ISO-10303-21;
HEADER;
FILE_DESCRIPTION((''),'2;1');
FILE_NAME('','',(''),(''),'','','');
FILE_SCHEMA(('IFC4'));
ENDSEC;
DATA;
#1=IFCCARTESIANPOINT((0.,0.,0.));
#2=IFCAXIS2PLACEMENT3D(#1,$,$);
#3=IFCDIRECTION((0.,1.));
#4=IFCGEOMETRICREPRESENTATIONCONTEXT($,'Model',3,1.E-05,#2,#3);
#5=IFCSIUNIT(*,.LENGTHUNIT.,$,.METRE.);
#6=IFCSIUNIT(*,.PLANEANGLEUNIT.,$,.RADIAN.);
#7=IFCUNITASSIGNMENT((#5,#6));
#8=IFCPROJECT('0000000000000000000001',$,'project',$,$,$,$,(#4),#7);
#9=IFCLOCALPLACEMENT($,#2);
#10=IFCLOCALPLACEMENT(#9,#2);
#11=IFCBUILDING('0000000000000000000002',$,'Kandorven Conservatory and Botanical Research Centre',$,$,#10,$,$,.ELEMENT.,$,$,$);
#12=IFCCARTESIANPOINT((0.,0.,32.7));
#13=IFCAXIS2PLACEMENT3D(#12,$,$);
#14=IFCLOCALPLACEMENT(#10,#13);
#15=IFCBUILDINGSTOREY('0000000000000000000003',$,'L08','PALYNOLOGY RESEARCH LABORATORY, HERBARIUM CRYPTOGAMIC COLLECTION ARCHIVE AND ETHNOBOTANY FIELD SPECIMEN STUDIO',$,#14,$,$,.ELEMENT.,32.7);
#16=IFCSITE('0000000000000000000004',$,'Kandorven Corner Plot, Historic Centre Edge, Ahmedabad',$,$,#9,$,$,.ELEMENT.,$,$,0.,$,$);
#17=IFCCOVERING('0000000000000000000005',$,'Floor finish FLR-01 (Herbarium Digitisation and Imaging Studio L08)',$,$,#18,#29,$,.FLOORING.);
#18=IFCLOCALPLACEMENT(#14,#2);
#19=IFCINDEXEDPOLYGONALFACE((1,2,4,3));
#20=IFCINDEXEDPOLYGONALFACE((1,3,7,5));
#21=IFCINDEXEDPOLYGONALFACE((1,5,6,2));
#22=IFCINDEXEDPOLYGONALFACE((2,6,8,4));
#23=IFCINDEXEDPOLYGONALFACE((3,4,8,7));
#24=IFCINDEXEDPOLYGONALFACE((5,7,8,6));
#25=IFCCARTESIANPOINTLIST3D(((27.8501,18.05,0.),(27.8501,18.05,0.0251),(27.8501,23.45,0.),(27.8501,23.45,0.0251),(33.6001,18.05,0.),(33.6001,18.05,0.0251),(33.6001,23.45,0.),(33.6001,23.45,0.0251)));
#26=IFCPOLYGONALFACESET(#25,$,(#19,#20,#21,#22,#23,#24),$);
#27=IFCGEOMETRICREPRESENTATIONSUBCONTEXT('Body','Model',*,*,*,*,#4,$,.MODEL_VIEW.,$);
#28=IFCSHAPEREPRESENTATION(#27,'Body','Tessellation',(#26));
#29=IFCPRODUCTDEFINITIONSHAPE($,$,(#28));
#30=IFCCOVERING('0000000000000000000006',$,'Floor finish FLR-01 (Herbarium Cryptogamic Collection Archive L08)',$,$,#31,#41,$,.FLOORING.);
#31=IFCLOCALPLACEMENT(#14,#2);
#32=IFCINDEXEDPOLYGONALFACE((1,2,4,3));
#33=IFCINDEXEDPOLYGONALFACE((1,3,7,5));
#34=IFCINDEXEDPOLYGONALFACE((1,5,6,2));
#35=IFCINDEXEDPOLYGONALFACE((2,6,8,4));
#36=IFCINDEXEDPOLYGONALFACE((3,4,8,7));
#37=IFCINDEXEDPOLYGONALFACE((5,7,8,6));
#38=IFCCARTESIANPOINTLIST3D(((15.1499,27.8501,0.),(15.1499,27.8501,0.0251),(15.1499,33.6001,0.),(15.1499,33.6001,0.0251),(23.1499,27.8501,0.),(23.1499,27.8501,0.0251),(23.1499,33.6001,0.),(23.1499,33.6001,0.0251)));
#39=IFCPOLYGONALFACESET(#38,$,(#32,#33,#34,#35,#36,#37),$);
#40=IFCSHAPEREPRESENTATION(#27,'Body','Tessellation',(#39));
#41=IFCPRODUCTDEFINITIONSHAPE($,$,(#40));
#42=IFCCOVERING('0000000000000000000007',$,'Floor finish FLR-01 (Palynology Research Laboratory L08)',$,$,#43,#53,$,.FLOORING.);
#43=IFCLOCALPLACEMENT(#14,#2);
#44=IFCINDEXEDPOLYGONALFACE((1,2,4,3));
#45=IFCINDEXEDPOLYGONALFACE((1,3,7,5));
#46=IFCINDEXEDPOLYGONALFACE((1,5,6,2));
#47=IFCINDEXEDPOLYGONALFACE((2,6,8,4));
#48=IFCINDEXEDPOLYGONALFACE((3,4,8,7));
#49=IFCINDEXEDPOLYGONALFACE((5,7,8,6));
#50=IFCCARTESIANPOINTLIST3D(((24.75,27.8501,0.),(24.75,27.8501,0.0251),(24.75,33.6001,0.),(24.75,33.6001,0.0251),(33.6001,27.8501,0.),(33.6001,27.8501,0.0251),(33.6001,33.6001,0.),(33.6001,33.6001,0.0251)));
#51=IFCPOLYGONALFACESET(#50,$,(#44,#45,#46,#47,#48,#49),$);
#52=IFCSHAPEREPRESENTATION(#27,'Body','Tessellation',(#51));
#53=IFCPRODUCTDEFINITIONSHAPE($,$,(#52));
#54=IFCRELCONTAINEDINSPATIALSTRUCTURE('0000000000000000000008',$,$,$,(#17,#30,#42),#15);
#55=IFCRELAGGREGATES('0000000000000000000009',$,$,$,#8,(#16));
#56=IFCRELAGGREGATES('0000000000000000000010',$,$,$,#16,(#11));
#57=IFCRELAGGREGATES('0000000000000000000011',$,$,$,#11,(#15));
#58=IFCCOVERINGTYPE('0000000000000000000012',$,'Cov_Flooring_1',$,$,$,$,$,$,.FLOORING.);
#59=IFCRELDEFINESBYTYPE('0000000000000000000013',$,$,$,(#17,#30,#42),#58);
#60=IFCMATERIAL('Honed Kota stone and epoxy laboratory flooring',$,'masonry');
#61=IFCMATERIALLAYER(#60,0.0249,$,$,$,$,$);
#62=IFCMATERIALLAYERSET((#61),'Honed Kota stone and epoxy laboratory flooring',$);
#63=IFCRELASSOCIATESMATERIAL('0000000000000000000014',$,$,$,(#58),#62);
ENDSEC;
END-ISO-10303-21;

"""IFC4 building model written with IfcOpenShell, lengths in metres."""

from ifc_helpers import new_model, si_unit, direction, frame, origin, place, context, subcontext, project, spatial, polyline, outline, extrude, material, layer, layer_set, type_object, element, save


model = new_model("IFC4")

# Units and contexts
model_context = context("Model", 3, precision=1e-05, world=origin(), true_north=direction((0.0, 1.0)))
body_context = subcontext(model_context, "Body", "Model", "MODEL_VIEW")
ifc_project = project(units=[si_unit("LENGTHUNIT", "METRE"), si_unit("PLANEANGLEUNIT", "RADIAN")], contexts=[model_context])

# Site, building, storey
site_placement = place(None, origin())
site = spatial("IfcSite", under=ifc_project, at=site_placement, Name="Kandorven Corner Plot, Historic Centre Edge, Ahmedabad", CompositionType="ELEMENT", RefElevation=0.0)
building_placement = place(site_placement, origin())
building = spatial("IfcBuilding", under=site, at=building_placement, Name="Kandorven Conservatory and Botanical Research Centre", CompositionType="ELEMENT")
storey_placement = place(building_placement, frame((0.0, 0.0, 32.7)))
storey = spatial("IfcBuildingStorey", under=building, at=storey_placement, Name="L08", Description="PALYNOLOGY RESEARCH LABORATORY, HERBARIUM CRYPTOGAMIC COLLECTION ARCHIVE AND ETHNOBOTANY FIELD SPECIMEN STUDIO", CompositionType="ELEMENT", Elevation=32.7)

# Coverings
ifc_material_1 = material(Name="Honed Kota stone and epoxy laboratory flooring", Category="masonry")
ifc_layer_1 = layer(ifc_material_1, 0.0249)
ifc_layer_set_1 = layer_set([ifc_layer_1], Name="Honed Kota stone and epoxy laboratory flooring")
covering_type_1 = type_object("IfcCoveringType", Name="Cov_Flooring_1", PredefinedType="FLOORING", material=ifc_layer_set_1)
covering_1_placement = place(storey_placement, origin())
element("IfcCovering", 1, at=covering_1_placement, inside=storey, type_object=covering_type_1, Name="Floor finish FLR-01 (Herbarium Digitisation and Imaging Studio L08)", PredefinedType="FLOORING", context=body_context, shape_type="SweptSolid", body=[
    extrude(outline(polyline([(27.8501, 18.05), (33.6001, 18.05), (33.6001, 23.45), (27.8501, 23.45), (27.8501, 18.05)])), origin(), (0.0, 0.0, 1.0), 0.0251),
])
covering_2_placement = place(storey_placement, origin())
element("IfcCovering", 2, at=covering_2_placement, inside=storey, type_object=covering_type_1, Name="Floor finish FLR-01 (Herbarium Cryptogamic Collection Archive L08)", PredefinedType="FLOORING", context=body_context, shape_type="SweptSolid", body=[
    extrude(outline(polyline([(15.1499, 27.8501), (23.1499, 27.8501), (23.1499, 33.6001), (15.1499, 33.6001), (15.1499, 27.8501)])), origin(), (0.0, 0.0, 1.0), 0.0251),
])
covering_3_placement = place(storey_placement, origin())
element("IfcCovering", 3, at=covering_3_placement, inside=storey, type_object=covering_type_1, Name="Floor finish FLR-01 (Palynology Research Laboratory L08)", PredefinedType="FLOORING", context=body_context, shape_type="SweptSolid", body=[
    extrude(outline(polyline([(24.75, 27.8501), (33.6001, 27.8501), (33.6001, 33.6001), (24.75, 33.6001), (24.75, 27.8501)])), origin(), (0.0, 0.0, 1.0), 0.0251),
])

save(model, "model.ifc")
